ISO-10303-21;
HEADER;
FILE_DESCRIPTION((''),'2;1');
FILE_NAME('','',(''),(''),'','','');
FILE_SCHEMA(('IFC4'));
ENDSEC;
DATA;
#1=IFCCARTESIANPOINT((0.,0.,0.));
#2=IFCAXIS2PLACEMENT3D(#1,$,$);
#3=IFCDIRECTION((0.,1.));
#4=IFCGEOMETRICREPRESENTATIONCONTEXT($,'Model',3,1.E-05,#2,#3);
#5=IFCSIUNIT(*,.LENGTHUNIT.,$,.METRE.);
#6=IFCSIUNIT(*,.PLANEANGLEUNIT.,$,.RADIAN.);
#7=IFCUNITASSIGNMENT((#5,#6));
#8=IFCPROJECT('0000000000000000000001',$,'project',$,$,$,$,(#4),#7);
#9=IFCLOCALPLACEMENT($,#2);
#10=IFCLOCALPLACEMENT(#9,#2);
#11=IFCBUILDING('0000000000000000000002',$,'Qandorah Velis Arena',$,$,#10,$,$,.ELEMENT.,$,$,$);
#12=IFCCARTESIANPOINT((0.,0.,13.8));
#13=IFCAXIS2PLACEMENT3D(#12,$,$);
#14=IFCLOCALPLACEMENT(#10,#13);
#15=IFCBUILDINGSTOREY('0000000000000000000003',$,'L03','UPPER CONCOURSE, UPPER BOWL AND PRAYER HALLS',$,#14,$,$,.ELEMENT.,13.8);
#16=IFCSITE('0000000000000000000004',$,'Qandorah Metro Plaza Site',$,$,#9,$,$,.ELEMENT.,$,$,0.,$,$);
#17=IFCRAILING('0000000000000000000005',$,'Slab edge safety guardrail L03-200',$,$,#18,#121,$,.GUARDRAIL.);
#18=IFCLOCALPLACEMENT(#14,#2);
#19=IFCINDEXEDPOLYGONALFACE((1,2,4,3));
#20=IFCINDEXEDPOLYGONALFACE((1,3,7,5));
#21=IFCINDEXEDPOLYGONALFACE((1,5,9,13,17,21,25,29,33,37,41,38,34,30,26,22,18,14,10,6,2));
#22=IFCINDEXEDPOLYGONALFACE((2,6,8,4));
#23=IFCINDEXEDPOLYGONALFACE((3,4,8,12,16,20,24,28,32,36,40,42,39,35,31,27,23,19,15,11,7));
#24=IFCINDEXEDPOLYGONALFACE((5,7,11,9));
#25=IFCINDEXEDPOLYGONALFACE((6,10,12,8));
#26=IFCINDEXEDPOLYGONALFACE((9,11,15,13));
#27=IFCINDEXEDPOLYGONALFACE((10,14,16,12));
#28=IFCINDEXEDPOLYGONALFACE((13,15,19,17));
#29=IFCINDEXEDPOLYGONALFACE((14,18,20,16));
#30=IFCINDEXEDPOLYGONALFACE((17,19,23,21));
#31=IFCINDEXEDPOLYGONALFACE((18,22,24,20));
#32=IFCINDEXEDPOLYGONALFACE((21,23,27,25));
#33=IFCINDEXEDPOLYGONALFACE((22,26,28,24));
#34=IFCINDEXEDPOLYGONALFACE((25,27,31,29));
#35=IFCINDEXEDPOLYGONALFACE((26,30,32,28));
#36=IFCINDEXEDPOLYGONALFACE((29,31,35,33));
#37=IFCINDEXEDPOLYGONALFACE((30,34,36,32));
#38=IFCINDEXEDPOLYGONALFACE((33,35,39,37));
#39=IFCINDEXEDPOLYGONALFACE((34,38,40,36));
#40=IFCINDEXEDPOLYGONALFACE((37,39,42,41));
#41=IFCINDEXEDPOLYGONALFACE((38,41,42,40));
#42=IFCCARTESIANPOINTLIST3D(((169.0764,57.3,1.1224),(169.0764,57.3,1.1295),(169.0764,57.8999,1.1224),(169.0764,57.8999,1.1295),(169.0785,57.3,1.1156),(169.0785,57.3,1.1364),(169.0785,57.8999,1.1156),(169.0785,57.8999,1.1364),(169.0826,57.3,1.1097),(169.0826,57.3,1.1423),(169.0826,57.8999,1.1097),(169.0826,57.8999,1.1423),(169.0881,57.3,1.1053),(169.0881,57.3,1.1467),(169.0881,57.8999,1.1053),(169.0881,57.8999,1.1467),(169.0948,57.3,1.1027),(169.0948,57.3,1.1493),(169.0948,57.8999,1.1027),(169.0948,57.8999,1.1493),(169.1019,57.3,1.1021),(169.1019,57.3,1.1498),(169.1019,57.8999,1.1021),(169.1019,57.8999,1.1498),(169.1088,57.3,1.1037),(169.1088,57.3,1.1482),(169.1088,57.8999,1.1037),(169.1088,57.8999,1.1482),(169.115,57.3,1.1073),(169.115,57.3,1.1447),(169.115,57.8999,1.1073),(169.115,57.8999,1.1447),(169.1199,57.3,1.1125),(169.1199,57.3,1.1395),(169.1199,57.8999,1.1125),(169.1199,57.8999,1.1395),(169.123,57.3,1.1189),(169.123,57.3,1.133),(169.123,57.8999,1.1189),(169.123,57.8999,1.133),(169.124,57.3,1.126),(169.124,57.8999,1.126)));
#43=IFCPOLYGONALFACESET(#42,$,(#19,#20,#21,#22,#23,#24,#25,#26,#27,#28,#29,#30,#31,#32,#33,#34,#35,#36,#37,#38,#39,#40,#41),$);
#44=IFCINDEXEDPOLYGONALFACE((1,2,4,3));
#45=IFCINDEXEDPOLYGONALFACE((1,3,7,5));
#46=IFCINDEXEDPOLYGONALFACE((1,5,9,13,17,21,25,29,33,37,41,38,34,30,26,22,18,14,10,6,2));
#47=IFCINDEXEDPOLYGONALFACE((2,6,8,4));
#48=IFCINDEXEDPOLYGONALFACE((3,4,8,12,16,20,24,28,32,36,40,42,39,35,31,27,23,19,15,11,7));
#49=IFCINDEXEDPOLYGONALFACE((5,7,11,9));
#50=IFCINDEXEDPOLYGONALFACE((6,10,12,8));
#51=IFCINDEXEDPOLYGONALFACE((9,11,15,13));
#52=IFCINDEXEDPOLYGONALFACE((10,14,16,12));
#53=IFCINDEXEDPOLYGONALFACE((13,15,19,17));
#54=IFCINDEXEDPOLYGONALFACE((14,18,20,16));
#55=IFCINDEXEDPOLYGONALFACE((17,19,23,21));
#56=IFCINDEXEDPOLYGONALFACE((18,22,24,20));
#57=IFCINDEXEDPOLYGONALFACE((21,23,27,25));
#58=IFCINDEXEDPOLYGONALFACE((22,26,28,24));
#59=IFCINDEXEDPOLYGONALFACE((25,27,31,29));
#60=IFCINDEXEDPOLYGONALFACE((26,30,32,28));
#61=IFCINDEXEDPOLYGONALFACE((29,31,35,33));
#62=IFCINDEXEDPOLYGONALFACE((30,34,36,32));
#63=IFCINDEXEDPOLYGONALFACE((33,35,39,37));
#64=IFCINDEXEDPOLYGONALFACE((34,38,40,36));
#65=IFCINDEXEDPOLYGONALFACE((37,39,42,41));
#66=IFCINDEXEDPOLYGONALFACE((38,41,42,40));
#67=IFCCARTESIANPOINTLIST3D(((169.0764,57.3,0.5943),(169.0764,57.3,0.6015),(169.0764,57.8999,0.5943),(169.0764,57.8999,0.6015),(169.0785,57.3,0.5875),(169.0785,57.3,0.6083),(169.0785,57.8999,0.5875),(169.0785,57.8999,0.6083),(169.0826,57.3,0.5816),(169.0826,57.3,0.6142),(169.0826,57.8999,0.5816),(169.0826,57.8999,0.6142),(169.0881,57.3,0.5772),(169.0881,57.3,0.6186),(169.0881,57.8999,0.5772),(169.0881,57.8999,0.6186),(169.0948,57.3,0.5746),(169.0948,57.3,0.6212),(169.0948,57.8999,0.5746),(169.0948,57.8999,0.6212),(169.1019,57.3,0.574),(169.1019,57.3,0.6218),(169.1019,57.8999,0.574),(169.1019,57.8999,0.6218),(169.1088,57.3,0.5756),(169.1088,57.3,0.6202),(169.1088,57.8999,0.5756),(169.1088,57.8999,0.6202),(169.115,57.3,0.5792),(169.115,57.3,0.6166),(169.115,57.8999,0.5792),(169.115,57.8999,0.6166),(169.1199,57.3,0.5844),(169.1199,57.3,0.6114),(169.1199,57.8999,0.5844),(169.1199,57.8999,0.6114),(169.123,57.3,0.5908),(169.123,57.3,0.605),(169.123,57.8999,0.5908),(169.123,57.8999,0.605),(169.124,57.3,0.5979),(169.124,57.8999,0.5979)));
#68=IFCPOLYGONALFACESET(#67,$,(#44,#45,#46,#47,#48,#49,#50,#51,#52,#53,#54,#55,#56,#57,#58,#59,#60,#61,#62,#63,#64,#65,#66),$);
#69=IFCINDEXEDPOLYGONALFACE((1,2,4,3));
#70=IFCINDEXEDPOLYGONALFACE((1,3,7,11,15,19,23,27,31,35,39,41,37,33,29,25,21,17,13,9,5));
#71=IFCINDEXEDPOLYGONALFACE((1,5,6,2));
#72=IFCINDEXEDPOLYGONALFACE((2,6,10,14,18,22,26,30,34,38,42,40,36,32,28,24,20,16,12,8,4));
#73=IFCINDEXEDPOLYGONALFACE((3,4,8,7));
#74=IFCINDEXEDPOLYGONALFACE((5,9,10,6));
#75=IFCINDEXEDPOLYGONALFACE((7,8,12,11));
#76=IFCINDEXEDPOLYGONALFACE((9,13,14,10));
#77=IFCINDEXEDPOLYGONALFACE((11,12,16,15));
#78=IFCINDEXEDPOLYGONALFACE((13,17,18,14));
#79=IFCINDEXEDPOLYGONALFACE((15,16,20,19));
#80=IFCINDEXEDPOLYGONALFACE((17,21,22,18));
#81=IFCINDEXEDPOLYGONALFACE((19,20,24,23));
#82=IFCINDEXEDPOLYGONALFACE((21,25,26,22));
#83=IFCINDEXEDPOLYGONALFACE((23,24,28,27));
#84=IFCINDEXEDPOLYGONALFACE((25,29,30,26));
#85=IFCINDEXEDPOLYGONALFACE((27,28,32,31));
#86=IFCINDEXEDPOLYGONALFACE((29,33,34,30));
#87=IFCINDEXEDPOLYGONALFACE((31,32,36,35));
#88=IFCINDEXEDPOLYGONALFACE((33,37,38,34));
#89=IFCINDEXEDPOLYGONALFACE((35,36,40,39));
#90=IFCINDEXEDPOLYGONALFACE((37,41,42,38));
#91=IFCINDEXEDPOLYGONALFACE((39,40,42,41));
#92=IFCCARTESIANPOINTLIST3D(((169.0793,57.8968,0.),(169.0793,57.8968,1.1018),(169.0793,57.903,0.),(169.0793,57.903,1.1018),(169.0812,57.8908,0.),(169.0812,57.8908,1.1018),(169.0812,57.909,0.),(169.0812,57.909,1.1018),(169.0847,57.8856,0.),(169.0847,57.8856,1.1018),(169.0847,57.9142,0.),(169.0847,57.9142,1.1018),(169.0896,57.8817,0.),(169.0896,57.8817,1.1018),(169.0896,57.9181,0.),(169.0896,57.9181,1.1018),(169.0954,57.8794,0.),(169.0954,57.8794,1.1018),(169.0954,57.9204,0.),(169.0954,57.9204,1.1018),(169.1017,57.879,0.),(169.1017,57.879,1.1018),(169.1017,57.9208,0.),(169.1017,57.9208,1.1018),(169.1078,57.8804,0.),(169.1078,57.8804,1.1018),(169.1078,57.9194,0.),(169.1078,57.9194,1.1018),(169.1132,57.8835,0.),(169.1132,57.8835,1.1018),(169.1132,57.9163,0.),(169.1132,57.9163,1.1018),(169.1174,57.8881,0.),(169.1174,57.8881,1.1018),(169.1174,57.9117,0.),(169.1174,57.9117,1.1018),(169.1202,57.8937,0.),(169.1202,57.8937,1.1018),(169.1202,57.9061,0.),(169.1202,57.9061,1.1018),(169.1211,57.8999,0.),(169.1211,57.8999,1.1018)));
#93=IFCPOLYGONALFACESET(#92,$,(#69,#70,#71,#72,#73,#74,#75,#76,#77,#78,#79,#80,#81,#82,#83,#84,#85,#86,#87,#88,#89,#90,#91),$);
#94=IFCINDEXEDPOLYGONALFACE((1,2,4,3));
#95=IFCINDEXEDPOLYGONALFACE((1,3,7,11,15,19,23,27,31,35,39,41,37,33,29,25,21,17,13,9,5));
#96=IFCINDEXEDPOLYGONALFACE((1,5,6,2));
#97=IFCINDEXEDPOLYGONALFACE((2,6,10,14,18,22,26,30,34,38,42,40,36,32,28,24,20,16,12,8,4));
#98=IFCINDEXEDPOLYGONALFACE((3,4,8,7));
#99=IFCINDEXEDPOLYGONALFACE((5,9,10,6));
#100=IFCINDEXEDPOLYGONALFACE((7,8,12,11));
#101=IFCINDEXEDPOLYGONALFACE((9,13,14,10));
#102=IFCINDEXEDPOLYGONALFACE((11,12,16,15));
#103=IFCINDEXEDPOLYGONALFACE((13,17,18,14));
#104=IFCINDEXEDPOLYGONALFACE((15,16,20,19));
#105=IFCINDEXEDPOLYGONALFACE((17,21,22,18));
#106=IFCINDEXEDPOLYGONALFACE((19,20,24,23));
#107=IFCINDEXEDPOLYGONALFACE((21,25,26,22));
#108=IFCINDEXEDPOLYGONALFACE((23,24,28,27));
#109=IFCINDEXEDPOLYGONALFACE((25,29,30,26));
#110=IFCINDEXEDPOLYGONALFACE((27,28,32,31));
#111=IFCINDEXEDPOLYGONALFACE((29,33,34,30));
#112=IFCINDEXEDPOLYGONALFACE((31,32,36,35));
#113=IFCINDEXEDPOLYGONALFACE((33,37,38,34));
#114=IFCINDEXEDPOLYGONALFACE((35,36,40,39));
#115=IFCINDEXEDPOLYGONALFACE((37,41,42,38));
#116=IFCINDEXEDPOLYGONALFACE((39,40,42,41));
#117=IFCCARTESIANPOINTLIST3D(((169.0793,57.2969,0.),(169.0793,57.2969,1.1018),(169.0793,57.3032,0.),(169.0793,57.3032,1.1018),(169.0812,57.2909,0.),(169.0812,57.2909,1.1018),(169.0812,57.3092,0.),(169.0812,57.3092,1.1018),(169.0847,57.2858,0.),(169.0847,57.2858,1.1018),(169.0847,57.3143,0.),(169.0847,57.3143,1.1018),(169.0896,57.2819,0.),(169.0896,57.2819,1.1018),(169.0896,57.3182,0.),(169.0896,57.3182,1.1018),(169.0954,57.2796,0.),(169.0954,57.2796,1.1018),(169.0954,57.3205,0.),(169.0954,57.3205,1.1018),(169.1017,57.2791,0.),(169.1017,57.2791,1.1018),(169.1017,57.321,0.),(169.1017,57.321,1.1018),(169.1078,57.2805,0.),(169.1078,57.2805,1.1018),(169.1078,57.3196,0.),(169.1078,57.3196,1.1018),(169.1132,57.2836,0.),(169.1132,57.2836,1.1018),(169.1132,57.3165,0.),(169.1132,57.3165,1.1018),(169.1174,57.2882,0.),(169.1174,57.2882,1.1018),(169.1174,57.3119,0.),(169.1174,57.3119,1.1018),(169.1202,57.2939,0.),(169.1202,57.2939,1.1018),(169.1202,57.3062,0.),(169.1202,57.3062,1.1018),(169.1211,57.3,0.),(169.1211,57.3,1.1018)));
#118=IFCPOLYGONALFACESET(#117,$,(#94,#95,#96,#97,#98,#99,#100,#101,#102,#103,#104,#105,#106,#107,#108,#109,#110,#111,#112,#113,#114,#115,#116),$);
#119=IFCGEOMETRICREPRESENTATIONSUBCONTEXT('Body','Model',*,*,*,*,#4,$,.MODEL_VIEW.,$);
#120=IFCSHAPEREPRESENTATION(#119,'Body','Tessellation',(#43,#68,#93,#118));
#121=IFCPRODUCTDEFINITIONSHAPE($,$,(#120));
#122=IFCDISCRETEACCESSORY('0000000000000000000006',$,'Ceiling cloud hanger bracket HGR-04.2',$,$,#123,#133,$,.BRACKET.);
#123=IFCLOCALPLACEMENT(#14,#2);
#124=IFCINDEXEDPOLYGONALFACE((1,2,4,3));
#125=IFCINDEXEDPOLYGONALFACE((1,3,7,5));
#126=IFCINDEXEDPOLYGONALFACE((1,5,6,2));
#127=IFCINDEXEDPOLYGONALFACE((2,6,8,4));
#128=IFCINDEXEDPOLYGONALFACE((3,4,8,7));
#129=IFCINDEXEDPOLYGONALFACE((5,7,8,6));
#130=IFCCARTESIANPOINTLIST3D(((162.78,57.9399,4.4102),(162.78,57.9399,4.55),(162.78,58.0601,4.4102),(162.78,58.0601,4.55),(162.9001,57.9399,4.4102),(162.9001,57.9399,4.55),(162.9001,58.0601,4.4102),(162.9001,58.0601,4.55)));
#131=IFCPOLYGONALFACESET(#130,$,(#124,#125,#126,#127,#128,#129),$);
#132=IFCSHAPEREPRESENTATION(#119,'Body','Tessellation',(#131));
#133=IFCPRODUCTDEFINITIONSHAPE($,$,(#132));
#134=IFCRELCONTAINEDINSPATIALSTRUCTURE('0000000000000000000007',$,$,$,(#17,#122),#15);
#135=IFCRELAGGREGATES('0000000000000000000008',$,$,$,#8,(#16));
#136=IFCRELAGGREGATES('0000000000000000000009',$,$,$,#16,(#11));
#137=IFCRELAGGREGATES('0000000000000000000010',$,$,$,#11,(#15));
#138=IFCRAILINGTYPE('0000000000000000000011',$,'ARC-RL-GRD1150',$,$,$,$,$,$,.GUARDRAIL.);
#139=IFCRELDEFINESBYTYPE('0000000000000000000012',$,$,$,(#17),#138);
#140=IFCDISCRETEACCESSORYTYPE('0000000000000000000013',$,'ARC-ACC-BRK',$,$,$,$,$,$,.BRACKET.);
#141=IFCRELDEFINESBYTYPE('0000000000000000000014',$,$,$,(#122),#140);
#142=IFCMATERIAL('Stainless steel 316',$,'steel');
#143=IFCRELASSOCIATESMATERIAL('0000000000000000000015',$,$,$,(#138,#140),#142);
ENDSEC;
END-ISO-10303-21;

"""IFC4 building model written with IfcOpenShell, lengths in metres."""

from ifc_helpers import new_model, si_unit, direction, frame, origin, origin_2d, place, context, subcontext, project, spatial, rectangle, circle, extrude, material, type_object, element, save


model = new_model("IFC4")

# Units and contexts
model_context = context("Model", 3, precision=1e-05, world=origin(), true_north=direction((0.0, 1.0)))
body_context = subcontext(model_context, "Body", "Model", "MODEL_VIEW")
ifc_project = project(units=[si_unit("LENGTHUNIT", "METRE"), si_unit("PLANEANGLEUNIT", "RADIAN")], contexts=[model_context])

# Site, building, storey
site_placement = place(None, origin())
site = spatial("IfcSite", under=ifc_project, at=site_placement, Name="Qandorah Metro Plaza Site", CompositionType="ELEMENT", RefElevation=0.0)
building_placement = place(site_placement, origin())
building = spatial("IfcBuilding", under=site, at=building_placement, Name="Qandorah Velis Arena", CompositionType="ELEMENT")
storey_placement = place(building_placement, frame((0.0, 0.0, 13.8)))
storey = spatial("IfcBuildingStorey", under=building, at=storey_placement, Name="L03", Description="UPPER CONCOURSE, UPPER BOWL AND PRAYER HALLS", CompositionType="ELEMENT", Elevation=13.8)

# Railing
ifc_material_1 = material(Name="Stainless steel 316", Category="steel")
railing_type = type_object("IfcRailingType", Name="ARC-RL-GRD1150", PredefinedType="GUARDRAIL", material=ifc_material_1)
railing_placement = place(storey_placement, frame((169.1001, 57.8999, 0.0)))
element("IfcRailing", 1, at=railing_placement, inside=storey, type_object=railing_type, Name="Slab edge safety guardrail L03-200", PredefinedType="GUARDRAIL", context=body_context, shape_type="SweptSolid", body=[
    extrude(circle(Radius=0.0239, at=origin_2d()), frame((0.0, 0.0, 1.126), z_axis=(0.0, -1.0, 0.0), x_axis=(1.0, 0.0, 0.0)), (0.0, 0.0, 1.0), 0.5999),
    extrude(circle(Radius=0.0239, at=origin_2d()), frame((0.0, 0.0, 0.5979), z_axis=(0.0, -1.0, 0.0), x_axis=(1.0, 0.0, 0.0)), (0.0, 0.0, 1.0), 0.5999),
    extrude(circle(Radius=0.021, at=origin_2d()), origin(), (0.0, 0.0, 1.0), 1.1018),
    extrude(circle(Radius=0.021, at=origin_2d()), frame((0.0, -0.5999, 0.0)), (0.0, 0.0, 1.0), 1.1018),
])

# Discrete accessory
discrete_accessory_type = type_object("IfcDiscreteAccessoryType", Name="ARC-ACC-BRK", PredefinedType="BRACKET", material=ifc_material_1)
discrete_accessory_placement = place(storey_placement, frame((162.8401, 58.0, 4.4102), z_axis=(0.0, 0.0, 1.0), x_axis=(1.0, 0.0, 0.0)))
element("IfcDiscreteAccessory", 2, at=discrete_accessory_placement, inside=storey, type_object=discrete_accessory_type, Name="Ceiling cloud hanger bracket HGR-04.2", PredefinedType="BRACKET", context=body_context, shape_type="SweptSolid", body=[
    extrude(rectangle(XDim=0.1201, YDim=0.1201, at=origin_2d()), origin(), (0.0, 0.0, 1.0), 0.1399),
])

save(model, "model.ifc")
